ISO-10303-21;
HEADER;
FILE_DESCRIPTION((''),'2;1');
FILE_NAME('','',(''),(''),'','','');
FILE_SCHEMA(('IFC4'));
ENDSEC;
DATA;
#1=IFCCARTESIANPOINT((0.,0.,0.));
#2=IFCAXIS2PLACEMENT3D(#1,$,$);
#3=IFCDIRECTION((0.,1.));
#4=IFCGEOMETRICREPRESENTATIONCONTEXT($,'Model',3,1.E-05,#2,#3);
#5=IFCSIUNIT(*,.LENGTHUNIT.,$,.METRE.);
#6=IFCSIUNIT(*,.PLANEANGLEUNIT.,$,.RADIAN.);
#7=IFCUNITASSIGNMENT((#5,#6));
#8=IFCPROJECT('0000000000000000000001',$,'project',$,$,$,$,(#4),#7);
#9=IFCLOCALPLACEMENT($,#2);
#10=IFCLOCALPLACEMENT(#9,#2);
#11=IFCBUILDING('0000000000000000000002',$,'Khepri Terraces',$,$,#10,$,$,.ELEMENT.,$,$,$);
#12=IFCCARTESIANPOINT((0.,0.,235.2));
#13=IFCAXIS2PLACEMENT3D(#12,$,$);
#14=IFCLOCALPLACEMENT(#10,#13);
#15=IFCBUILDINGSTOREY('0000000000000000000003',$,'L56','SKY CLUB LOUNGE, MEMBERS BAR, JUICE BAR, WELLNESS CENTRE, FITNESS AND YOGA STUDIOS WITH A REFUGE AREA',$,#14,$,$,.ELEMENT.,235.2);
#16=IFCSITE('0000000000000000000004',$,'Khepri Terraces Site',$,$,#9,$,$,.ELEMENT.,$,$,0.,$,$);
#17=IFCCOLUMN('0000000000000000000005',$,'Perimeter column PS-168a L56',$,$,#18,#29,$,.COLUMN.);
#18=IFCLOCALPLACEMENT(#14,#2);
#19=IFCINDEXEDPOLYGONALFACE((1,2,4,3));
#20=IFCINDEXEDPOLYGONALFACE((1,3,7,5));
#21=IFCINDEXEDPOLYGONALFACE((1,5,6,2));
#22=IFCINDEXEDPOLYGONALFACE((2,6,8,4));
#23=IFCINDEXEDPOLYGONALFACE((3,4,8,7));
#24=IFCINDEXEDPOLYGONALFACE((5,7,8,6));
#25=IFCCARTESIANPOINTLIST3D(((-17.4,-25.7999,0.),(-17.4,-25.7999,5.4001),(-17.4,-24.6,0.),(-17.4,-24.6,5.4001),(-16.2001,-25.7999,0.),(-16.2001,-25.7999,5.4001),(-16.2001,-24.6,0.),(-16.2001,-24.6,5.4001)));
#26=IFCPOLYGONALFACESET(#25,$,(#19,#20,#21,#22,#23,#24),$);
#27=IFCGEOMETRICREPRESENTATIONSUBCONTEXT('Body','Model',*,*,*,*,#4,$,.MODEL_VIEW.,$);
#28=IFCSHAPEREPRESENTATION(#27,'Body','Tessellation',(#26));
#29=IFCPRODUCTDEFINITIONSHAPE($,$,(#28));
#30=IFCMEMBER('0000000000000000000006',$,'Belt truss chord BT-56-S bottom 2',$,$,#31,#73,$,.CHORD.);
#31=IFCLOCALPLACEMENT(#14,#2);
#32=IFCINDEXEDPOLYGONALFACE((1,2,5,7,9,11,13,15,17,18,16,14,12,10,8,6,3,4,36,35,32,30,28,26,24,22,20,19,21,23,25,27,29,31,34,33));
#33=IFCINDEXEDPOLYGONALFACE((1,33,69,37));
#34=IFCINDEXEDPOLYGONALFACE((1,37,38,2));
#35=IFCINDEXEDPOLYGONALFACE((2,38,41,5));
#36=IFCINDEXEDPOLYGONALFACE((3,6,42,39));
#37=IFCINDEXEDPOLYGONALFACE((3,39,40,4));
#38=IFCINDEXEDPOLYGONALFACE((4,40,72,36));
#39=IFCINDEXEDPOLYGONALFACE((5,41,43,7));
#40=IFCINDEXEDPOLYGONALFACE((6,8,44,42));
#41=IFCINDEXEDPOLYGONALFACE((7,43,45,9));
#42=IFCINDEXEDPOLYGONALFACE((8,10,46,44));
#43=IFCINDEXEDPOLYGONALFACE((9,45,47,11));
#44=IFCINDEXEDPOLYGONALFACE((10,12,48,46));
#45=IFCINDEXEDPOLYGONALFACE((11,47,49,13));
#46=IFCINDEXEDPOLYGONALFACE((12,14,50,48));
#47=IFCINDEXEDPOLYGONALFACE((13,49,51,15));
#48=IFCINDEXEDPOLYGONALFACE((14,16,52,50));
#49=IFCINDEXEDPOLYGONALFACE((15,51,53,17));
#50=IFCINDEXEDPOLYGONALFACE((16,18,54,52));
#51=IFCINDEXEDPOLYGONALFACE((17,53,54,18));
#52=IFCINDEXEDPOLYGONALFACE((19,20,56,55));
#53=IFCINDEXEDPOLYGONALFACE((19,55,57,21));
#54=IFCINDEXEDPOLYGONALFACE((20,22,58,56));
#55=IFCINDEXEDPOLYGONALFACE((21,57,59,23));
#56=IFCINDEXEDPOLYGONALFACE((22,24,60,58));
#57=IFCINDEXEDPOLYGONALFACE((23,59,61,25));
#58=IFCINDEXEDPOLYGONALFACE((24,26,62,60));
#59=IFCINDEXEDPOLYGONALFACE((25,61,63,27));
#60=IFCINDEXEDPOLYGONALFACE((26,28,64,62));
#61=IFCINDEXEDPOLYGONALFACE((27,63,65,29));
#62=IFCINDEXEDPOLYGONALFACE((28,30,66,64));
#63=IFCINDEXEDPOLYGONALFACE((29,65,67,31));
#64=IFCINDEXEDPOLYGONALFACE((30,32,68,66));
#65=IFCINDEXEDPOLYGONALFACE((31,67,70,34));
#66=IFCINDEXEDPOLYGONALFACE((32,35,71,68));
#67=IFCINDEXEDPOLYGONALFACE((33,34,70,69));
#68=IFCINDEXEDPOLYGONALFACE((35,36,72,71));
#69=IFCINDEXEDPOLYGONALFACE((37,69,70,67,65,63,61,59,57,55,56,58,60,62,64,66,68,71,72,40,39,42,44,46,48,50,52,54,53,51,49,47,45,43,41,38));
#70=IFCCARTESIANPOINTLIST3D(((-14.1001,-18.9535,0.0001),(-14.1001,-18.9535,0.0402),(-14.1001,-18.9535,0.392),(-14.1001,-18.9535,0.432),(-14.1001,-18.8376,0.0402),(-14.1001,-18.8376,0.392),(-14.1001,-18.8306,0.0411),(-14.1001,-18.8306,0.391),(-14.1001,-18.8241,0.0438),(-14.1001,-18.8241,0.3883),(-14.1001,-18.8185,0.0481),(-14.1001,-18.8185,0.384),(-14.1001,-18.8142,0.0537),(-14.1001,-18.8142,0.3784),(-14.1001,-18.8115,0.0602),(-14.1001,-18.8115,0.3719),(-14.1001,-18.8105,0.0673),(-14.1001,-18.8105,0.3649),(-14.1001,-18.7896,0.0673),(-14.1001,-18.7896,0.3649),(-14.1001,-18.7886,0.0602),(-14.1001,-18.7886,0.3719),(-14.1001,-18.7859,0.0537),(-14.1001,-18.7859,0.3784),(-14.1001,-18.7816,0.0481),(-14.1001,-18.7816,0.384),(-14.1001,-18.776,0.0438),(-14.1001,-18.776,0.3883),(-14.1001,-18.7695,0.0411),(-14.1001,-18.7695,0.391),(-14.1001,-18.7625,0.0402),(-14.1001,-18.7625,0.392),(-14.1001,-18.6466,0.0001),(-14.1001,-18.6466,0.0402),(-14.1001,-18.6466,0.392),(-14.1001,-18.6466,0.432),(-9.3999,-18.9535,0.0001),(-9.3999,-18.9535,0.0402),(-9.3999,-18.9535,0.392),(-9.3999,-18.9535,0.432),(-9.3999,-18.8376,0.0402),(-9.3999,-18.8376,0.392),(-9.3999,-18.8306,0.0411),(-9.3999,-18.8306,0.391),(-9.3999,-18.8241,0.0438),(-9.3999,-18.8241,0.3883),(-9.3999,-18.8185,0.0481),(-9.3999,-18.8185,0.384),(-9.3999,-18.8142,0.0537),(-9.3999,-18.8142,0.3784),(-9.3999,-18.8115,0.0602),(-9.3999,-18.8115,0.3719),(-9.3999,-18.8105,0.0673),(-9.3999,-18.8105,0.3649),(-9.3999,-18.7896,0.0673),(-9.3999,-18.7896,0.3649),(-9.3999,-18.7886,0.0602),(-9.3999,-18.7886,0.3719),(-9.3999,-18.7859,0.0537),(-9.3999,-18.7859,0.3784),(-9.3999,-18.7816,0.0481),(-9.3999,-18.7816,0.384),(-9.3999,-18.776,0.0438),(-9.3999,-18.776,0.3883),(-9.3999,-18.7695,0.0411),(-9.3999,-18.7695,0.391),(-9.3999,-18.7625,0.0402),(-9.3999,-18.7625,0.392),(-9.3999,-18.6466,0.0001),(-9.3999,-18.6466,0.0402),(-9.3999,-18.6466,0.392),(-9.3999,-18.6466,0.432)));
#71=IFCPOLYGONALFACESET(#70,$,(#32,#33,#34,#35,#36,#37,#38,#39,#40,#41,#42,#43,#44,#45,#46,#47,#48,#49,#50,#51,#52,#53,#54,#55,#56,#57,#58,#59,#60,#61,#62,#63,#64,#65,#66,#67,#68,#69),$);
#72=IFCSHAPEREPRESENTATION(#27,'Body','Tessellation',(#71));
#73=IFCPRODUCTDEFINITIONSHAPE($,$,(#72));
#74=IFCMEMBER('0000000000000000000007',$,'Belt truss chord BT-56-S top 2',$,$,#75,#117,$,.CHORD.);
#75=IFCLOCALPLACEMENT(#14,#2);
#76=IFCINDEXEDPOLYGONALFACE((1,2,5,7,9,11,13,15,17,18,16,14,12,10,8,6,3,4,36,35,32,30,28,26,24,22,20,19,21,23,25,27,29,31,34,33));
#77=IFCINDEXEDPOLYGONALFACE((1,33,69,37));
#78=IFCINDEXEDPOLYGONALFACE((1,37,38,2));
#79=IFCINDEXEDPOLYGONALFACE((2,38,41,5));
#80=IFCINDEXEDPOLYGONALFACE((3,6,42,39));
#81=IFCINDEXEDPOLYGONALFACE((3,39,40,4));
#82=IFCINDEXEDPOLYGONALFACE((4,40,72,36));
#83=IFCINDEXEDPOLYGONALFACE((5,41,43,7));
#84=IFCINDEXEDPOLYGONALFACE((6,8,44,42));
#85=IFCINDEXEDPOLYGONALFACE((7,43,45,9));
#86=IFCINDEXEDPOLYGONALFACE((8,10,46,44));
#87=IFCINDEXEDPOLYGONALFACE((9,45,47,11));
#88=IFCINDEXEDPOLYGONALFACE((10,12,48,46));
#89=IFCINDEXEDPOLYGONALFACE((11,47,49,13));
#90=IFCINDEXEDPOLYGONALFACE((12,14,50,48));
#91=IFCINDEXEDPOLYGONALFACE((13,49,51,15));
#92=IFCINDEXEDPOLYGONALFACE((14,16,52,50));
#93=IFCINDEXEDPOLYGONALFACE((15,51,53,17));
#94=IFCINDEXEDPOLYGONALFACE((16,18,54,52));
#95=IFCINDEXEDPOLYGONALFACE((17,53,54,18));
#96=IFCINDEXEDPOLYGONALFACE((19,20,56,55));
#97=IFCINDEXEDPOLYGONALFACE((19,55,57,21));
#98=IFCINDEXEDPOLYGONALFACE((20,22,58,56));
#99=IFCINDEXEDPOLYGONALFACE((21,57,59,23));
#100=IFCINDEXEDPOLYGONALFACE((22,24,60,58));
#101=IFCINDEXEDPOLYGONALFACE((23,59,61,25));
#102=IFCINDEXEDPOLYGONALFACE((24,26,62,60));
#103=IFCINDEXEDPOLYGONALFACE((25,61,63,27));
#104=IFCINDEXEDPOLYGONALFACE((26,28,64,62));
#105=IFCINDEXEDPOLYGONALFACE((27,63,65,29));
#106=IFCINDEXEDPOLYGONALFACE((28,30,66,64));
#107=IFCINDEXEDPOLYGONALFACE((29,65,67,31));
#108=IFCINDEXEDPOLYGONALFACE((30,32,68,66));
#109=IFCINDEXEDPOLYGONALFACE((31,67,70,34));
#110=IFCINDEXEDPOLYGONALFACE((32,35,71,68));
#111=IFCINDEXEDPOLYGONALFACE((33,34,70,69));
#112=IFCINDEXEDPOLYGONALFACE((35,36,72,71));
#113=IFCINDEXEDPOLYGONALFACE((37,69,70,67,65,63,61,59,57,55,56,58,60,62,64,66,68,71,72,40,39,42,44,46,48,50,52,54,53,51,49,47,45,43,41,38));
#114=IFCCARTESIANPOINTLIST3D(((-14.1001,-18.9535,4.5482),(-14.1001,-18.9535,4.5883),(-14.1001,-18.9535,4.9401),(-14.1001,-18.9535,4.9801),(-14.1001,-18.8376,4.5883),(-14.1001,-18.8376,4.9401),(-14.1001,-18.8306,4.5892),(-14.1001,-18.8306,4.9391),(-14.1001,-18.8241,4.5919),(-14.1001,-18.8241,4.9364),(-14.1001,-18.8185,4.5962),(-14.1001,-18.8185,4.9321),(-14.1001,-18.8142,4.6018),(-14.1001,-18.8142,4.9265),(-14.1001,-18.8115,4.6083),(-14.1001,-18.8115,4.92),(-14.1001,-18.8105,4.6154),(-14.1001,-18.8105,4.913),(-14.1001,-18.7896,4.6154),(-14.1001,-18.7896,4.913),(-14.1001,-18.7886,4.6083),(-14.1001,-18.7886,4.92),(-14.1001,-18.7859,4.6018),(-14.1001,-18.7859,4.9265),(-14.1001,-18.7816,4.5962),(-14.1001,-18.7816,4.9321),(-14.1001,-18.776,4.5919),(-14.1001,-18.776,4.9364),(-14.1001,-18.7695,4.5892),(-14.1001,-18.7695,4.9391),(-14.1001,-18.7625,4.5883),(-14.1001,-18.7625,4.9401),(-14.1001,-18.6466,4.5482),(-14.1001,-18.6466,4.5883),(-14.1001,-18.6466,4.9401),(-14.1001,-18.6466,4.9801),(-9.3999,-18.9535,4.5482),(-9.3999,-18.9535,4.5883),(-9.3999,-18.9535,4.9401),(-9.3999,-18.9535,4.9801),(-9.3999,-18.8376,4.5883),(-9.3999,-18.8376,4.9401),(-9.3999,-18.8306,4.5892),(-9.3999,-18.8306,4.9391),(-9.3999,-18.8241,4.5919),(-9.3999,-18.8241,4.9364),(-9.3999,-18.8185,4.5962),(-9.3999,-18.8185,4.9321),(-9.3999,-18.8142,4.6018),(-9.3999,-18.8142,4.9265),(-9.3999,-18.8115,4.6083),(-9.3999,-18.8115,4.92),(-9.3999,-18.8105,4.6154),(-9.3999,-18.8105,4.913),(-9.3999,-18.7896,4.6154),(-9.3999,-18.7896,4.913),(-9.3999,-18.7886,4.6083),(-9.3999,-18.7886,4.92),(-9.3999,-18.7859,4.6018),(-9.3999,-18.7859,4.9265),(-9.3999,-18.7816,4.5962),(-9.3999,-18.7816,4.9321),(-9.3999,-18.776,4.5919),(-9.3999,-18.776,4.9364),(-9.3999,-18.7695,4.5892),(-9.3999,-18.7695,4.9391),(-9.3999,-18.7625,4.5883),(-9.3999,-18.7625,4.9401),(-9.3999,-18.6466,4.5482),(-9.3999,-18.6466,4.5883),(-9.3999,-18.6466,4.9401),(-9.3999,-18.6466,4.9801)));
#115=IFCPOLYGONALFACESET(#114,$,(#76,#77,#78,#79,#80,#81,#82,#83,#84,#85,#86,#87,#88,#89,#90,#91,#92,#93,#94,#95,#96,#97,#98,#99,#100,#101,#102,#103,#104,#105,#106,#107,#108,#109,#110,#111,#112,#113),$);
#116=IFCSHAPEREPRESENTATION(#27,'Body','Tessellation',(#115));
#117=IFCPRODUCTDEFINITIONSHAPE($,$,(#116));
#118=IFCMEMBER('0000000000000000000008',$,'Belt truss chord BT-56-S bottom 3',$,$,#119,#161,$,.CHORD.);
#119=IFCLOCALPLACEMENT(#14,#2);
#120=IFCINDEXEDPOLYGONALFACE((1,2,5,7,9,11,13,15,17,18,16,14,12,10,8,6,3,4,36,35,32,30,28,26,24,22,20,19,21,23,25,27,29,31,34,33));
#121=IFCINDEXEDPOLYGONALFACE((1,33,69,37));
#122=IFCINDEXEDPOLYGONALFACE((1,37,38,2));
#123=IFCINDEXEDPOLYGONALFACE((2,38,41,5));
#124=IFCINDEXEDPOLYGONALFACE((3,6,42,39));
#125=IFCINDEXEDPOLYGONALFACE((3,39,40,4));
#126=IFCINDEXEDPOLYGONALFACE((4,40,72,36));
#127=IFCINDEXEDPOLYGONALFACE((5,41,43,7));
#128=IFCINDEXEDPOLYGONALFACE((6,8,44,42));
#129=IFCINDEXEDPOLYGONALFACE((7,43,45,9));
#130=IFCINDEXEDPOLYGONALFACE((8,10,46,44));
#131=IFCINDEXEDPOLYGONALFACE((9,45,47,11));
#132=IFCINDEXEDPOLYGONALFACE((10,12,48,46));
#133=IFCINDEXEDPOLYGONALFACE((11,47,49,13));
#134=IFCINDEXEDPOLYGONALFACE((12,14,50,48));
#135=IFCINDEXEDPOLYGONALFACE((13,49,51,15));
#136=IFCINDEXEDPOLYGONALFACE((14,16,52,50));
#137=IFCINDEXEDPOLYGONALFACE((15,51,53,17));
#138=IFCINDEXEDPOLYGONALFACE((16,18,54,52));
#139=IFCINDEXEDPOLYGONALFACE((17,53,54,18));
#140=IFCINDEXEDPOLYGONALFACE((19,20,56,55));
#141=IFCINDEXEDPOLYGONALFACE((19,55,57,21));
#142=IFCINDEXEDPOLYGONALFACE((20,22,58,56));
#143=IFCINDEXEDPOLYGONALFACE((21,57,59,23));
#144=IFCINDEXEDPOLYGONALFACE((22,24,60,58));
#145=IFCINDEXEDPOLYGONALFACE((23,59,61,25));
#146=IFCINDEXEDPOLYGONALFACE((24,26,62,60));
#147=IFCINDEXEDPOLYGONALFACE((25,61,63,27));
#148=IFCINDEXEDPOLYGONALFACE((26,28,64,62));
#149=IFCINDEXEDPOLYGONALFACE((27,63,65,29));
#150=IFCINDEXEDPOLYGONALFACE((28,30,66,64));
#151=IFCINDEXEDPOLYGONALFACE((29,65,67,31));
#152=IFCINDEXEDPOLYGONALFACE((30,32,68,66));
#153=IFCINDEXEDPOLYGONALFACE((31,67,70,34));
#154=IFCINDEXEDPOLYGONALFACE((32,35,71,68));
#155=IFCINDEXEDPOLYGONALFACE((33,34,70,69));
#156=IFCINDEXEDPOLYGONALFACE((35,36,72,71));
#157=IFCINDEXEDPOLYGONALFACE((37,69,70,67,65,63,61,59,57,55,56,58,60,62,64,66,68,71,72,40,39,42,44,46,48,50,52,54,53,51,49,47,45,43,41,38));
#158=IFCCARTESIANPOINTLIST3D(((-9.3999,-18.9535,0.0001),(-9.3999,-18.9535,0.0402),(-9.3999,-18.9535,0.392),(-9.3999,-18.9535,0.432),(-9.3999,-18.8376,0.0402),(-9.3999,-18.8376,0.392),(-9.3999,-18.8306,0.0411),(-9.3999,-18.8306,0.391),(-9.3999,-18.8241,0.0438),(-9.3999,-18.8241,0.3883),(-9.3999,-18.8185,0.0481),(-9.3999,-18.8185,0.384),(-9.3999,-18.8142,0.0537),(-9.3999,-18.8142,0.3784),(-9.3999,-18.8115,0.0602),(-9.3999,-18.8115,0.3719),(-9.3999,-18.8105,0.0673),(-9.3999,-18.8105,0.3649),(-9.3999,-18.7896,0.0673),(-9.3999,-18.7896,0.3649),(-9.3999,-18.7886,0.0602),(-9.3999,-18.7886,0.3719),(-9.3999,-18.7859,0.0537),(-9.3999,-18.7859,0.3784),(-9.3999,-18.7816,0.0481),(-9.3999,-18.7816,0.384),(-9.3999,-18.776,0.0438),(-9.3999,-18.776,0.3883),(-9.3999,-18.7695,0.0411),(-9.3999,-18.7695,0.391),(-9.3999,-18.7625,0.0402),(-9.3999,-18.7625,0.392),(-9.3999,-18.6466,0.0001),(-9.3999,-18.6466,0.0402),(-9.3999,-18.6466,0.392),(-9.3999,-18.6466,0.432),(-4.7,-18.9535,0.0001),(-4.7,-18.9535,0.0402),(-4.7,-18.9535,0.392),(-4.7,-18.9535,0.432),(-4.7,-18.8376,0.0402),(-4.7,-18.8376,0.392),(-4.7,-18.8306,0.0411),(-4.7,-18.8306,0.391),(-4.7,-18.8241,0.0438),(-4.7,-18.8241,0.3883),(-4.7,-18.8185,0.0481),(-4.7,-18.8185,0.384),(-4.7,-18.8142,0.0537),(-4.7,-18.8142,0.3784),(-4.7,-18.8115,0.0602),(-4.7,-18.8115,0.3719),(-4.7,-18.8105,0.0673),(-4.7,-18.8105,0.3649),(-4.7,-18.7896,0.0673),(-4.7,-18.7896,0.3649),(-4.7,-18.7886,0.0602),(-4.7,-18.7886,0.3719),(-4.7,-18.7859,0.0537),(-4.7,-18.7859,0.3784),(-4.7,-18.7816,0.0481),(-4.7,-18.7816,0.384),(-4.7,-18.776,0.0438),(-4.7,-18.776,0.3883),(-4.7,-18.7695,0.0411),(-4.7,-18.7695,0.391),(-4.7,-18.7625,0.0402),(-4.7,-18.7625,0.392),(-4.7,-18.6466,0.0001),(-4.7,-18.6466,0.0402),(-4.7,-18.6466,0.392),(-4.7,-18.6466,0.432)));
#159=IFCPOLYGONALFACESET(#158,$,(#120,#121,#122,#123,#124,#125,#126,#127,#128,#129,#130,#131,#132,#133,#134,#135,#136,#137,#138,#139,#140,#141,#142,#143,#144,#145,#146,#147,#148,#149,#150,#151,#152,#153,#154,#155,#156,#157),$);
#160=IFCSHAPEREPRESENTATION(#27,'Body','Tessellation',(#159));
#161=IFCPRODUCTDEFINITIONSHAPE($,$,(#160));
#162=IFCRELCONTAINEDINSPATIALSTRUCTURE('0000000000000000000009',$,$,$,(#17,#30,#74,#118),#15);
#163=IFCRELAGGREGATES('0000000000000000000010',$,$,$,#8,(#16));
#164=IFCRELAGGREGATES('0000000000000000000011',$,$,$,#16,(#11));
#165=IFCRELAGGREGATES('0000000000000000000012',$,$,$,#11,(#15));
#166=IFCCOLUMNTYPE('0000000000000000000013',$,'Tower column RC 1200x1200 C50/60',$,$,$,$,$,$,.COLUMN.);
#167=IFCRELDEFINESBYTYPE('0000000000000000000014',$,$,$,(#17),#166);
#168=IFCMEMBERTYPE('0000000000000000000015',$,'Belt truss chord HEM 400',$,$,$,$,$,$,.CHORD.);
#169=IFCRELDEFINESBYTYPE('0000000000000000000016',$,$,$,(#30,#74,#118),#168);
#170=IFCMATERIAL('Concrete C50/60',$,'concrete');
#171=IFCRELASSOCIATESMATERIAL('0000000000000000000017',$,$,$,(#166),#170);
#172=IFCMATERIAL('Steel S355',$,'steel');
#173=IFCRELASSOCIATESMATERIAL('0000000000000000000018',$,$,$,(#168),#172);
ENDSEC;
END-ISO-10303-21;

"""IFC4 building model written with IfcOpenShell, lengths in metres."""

from ifc_helpers import new_model, si_unit, direction, frame, origin, origin_2d, place, context, subcontext, project, spatial, rectangle, i_section, extrude, material, material_profile, profile_set, type_object, element, save


model = new_model("IFC4")

# Units and contexts
model_context = context("Model", 3, precision=1e-05, world=origin(), true_north=direction((0.0, 1.0)))
body_context = subcontext(model_context, "Body", "Model", "MODEL_VIEW")
ifc_project = project(units=[si_unit("LENGTHUNIT", "METRE"), si_unit("PLANEANGLEUNIT", "RADIAN")], contexts=[model_context])

# Site, building, storey
site_placement = place(None, origin())
site = spatial("IfcSite", under=ifc_project, at=site_placement, Name="Khepri Terraces Site", CompositionType="ELEMENT", RefElevation=0.0)
building_placement = place(site_placement, origin())
building = spatial("IfcBuilding", under=site, at=building_placement, Name="Khepri Terraces", CompositionType="ELEMENT")
storey_placement = place(building_placement, frame((0.0, 0.0, 235.2)))
storey = spatial("IfcBuildingStorey", under=building, at=storey_placement, Name="L56", Description="SKY CLUB LOUNGE, MEMBERS BAR, JUICE BAR, WELLNESS CENTRE, FITNESS AND YOGA STUDIOS WITH A REFUGE AREA", CompositionType="ELEMENT", Elevation=235.2)

# Column
ifc_material_1 = material(Name="Concrete C50/60", Category="concrete")
ifc_material_profile_1 = material_profile(ifc_material_1, rectangle(XDim=1.2, YDim=1.2, at=origin_2d()), Name="Concrete C50/60", Category="concrete")
ifc_profile_set_1 = profile_set([ifc_material_profile_1], Name="Concrete C50/60")
column_type = type_object("IfcColumnType", Name="Tower column RC 1200x1200 C50/60", PredefinedType="COLUMN", material=ifc_profile_set_1)
column_placement = place(storey_placement, frame((-16.8, -25.2, 0.0), z_axis=(0.0, 0.0, 1.0), x_axis=(1.0, 0.0, 0.0)))
element("IfcColumn", 1, at=column_placement, inside=storey, type_object=column_type, Name="Perimeter column PS-168a L56", PredefinedType="COLUMN", context=body_context, shape_type="SweptSolid", body=[
    extrude(rectangle(XDim=1.2, YDim=1.2, at=origin_2d()), origin(), (0.0, 0.0, 1.0), 5.4001),
])

# Members
ifc_material_2 = material(Name="Steel S355", Category="steel")
ifc_material_profile_2 = material_profile(ifc_material_2, i_section(OverallWidth=0.3069, OverallDepth=0.4319, WebThickness=0.021, FlangeThickness=0.04, FilletRadius=0.0271, at=origin_2d()), Name="Steel S355", Category="steel")
ifc_profile_set_2 = profile_set([ifc_material_profile_2], Name="Steel S355")
member_type_1 = type_object("IfcMemberType", Name="Belt truss chord HEM 400", PredefinedType="CHORD", material=ifc_profile_set_2)
for number, where, z_axis, x_axis, name in (
    (2, (-14.1001, -18.8, 0.2161), (1.0, 0.0, 0.0), (0.0, 1.0, 0.0), "Belt truss chord BT-56-S bottom 2"),
    (3, (-14.1001, -18.8, 4.7642), (1.0, 0.0, 0.0), (0.0, 1.0, 0.0), "Belt truss chord BT-56-S top 2"),
):
    element("IfcMember", number, at=place(storey_placement, frame(where, z_axis=z_axis, x_axis=x_axis)), inside=storey, type_object=member_type_1, Name=name, PredefinedType="CHORD", context=body_context, shape_type="SweptSolid", body=[
        extrude(i_section(OverallWidth=0.3069, OverallDepth=0.4319, WebThickness=0.021, FlangeThickness=0.04, FilletRadius=0.0271, at=origin_2d()), origin(), (0.0, 0.0, 1.0), 4.7002),
    ])
member_1_placement = place(storey_placement, frame((-9.3999, -18.8, 0.2161), z_axis=(1.0, 0.0, 0.0), x_axis=(0.0, 1.0, 0.0)))
element("IfcMember", 4, at=member_1_placement, inside=storey, type_object=member_type_1, Name="Belt truss chord BT-56-S bottom 3", PredefinedType="CHORD", context=body_context, shape_type="SweptSolid", body=[
    extrude(i_section(OverallWidth=0.3069, OverallDepth=0.4319, WebThickness=0.021, FlangeThickness=0.04, FilletRadius=0.0271, at=origin_2d()), origin(), (0.0, 0.0, 1.0), 4.7),
])

save(model, "model.ifc")
